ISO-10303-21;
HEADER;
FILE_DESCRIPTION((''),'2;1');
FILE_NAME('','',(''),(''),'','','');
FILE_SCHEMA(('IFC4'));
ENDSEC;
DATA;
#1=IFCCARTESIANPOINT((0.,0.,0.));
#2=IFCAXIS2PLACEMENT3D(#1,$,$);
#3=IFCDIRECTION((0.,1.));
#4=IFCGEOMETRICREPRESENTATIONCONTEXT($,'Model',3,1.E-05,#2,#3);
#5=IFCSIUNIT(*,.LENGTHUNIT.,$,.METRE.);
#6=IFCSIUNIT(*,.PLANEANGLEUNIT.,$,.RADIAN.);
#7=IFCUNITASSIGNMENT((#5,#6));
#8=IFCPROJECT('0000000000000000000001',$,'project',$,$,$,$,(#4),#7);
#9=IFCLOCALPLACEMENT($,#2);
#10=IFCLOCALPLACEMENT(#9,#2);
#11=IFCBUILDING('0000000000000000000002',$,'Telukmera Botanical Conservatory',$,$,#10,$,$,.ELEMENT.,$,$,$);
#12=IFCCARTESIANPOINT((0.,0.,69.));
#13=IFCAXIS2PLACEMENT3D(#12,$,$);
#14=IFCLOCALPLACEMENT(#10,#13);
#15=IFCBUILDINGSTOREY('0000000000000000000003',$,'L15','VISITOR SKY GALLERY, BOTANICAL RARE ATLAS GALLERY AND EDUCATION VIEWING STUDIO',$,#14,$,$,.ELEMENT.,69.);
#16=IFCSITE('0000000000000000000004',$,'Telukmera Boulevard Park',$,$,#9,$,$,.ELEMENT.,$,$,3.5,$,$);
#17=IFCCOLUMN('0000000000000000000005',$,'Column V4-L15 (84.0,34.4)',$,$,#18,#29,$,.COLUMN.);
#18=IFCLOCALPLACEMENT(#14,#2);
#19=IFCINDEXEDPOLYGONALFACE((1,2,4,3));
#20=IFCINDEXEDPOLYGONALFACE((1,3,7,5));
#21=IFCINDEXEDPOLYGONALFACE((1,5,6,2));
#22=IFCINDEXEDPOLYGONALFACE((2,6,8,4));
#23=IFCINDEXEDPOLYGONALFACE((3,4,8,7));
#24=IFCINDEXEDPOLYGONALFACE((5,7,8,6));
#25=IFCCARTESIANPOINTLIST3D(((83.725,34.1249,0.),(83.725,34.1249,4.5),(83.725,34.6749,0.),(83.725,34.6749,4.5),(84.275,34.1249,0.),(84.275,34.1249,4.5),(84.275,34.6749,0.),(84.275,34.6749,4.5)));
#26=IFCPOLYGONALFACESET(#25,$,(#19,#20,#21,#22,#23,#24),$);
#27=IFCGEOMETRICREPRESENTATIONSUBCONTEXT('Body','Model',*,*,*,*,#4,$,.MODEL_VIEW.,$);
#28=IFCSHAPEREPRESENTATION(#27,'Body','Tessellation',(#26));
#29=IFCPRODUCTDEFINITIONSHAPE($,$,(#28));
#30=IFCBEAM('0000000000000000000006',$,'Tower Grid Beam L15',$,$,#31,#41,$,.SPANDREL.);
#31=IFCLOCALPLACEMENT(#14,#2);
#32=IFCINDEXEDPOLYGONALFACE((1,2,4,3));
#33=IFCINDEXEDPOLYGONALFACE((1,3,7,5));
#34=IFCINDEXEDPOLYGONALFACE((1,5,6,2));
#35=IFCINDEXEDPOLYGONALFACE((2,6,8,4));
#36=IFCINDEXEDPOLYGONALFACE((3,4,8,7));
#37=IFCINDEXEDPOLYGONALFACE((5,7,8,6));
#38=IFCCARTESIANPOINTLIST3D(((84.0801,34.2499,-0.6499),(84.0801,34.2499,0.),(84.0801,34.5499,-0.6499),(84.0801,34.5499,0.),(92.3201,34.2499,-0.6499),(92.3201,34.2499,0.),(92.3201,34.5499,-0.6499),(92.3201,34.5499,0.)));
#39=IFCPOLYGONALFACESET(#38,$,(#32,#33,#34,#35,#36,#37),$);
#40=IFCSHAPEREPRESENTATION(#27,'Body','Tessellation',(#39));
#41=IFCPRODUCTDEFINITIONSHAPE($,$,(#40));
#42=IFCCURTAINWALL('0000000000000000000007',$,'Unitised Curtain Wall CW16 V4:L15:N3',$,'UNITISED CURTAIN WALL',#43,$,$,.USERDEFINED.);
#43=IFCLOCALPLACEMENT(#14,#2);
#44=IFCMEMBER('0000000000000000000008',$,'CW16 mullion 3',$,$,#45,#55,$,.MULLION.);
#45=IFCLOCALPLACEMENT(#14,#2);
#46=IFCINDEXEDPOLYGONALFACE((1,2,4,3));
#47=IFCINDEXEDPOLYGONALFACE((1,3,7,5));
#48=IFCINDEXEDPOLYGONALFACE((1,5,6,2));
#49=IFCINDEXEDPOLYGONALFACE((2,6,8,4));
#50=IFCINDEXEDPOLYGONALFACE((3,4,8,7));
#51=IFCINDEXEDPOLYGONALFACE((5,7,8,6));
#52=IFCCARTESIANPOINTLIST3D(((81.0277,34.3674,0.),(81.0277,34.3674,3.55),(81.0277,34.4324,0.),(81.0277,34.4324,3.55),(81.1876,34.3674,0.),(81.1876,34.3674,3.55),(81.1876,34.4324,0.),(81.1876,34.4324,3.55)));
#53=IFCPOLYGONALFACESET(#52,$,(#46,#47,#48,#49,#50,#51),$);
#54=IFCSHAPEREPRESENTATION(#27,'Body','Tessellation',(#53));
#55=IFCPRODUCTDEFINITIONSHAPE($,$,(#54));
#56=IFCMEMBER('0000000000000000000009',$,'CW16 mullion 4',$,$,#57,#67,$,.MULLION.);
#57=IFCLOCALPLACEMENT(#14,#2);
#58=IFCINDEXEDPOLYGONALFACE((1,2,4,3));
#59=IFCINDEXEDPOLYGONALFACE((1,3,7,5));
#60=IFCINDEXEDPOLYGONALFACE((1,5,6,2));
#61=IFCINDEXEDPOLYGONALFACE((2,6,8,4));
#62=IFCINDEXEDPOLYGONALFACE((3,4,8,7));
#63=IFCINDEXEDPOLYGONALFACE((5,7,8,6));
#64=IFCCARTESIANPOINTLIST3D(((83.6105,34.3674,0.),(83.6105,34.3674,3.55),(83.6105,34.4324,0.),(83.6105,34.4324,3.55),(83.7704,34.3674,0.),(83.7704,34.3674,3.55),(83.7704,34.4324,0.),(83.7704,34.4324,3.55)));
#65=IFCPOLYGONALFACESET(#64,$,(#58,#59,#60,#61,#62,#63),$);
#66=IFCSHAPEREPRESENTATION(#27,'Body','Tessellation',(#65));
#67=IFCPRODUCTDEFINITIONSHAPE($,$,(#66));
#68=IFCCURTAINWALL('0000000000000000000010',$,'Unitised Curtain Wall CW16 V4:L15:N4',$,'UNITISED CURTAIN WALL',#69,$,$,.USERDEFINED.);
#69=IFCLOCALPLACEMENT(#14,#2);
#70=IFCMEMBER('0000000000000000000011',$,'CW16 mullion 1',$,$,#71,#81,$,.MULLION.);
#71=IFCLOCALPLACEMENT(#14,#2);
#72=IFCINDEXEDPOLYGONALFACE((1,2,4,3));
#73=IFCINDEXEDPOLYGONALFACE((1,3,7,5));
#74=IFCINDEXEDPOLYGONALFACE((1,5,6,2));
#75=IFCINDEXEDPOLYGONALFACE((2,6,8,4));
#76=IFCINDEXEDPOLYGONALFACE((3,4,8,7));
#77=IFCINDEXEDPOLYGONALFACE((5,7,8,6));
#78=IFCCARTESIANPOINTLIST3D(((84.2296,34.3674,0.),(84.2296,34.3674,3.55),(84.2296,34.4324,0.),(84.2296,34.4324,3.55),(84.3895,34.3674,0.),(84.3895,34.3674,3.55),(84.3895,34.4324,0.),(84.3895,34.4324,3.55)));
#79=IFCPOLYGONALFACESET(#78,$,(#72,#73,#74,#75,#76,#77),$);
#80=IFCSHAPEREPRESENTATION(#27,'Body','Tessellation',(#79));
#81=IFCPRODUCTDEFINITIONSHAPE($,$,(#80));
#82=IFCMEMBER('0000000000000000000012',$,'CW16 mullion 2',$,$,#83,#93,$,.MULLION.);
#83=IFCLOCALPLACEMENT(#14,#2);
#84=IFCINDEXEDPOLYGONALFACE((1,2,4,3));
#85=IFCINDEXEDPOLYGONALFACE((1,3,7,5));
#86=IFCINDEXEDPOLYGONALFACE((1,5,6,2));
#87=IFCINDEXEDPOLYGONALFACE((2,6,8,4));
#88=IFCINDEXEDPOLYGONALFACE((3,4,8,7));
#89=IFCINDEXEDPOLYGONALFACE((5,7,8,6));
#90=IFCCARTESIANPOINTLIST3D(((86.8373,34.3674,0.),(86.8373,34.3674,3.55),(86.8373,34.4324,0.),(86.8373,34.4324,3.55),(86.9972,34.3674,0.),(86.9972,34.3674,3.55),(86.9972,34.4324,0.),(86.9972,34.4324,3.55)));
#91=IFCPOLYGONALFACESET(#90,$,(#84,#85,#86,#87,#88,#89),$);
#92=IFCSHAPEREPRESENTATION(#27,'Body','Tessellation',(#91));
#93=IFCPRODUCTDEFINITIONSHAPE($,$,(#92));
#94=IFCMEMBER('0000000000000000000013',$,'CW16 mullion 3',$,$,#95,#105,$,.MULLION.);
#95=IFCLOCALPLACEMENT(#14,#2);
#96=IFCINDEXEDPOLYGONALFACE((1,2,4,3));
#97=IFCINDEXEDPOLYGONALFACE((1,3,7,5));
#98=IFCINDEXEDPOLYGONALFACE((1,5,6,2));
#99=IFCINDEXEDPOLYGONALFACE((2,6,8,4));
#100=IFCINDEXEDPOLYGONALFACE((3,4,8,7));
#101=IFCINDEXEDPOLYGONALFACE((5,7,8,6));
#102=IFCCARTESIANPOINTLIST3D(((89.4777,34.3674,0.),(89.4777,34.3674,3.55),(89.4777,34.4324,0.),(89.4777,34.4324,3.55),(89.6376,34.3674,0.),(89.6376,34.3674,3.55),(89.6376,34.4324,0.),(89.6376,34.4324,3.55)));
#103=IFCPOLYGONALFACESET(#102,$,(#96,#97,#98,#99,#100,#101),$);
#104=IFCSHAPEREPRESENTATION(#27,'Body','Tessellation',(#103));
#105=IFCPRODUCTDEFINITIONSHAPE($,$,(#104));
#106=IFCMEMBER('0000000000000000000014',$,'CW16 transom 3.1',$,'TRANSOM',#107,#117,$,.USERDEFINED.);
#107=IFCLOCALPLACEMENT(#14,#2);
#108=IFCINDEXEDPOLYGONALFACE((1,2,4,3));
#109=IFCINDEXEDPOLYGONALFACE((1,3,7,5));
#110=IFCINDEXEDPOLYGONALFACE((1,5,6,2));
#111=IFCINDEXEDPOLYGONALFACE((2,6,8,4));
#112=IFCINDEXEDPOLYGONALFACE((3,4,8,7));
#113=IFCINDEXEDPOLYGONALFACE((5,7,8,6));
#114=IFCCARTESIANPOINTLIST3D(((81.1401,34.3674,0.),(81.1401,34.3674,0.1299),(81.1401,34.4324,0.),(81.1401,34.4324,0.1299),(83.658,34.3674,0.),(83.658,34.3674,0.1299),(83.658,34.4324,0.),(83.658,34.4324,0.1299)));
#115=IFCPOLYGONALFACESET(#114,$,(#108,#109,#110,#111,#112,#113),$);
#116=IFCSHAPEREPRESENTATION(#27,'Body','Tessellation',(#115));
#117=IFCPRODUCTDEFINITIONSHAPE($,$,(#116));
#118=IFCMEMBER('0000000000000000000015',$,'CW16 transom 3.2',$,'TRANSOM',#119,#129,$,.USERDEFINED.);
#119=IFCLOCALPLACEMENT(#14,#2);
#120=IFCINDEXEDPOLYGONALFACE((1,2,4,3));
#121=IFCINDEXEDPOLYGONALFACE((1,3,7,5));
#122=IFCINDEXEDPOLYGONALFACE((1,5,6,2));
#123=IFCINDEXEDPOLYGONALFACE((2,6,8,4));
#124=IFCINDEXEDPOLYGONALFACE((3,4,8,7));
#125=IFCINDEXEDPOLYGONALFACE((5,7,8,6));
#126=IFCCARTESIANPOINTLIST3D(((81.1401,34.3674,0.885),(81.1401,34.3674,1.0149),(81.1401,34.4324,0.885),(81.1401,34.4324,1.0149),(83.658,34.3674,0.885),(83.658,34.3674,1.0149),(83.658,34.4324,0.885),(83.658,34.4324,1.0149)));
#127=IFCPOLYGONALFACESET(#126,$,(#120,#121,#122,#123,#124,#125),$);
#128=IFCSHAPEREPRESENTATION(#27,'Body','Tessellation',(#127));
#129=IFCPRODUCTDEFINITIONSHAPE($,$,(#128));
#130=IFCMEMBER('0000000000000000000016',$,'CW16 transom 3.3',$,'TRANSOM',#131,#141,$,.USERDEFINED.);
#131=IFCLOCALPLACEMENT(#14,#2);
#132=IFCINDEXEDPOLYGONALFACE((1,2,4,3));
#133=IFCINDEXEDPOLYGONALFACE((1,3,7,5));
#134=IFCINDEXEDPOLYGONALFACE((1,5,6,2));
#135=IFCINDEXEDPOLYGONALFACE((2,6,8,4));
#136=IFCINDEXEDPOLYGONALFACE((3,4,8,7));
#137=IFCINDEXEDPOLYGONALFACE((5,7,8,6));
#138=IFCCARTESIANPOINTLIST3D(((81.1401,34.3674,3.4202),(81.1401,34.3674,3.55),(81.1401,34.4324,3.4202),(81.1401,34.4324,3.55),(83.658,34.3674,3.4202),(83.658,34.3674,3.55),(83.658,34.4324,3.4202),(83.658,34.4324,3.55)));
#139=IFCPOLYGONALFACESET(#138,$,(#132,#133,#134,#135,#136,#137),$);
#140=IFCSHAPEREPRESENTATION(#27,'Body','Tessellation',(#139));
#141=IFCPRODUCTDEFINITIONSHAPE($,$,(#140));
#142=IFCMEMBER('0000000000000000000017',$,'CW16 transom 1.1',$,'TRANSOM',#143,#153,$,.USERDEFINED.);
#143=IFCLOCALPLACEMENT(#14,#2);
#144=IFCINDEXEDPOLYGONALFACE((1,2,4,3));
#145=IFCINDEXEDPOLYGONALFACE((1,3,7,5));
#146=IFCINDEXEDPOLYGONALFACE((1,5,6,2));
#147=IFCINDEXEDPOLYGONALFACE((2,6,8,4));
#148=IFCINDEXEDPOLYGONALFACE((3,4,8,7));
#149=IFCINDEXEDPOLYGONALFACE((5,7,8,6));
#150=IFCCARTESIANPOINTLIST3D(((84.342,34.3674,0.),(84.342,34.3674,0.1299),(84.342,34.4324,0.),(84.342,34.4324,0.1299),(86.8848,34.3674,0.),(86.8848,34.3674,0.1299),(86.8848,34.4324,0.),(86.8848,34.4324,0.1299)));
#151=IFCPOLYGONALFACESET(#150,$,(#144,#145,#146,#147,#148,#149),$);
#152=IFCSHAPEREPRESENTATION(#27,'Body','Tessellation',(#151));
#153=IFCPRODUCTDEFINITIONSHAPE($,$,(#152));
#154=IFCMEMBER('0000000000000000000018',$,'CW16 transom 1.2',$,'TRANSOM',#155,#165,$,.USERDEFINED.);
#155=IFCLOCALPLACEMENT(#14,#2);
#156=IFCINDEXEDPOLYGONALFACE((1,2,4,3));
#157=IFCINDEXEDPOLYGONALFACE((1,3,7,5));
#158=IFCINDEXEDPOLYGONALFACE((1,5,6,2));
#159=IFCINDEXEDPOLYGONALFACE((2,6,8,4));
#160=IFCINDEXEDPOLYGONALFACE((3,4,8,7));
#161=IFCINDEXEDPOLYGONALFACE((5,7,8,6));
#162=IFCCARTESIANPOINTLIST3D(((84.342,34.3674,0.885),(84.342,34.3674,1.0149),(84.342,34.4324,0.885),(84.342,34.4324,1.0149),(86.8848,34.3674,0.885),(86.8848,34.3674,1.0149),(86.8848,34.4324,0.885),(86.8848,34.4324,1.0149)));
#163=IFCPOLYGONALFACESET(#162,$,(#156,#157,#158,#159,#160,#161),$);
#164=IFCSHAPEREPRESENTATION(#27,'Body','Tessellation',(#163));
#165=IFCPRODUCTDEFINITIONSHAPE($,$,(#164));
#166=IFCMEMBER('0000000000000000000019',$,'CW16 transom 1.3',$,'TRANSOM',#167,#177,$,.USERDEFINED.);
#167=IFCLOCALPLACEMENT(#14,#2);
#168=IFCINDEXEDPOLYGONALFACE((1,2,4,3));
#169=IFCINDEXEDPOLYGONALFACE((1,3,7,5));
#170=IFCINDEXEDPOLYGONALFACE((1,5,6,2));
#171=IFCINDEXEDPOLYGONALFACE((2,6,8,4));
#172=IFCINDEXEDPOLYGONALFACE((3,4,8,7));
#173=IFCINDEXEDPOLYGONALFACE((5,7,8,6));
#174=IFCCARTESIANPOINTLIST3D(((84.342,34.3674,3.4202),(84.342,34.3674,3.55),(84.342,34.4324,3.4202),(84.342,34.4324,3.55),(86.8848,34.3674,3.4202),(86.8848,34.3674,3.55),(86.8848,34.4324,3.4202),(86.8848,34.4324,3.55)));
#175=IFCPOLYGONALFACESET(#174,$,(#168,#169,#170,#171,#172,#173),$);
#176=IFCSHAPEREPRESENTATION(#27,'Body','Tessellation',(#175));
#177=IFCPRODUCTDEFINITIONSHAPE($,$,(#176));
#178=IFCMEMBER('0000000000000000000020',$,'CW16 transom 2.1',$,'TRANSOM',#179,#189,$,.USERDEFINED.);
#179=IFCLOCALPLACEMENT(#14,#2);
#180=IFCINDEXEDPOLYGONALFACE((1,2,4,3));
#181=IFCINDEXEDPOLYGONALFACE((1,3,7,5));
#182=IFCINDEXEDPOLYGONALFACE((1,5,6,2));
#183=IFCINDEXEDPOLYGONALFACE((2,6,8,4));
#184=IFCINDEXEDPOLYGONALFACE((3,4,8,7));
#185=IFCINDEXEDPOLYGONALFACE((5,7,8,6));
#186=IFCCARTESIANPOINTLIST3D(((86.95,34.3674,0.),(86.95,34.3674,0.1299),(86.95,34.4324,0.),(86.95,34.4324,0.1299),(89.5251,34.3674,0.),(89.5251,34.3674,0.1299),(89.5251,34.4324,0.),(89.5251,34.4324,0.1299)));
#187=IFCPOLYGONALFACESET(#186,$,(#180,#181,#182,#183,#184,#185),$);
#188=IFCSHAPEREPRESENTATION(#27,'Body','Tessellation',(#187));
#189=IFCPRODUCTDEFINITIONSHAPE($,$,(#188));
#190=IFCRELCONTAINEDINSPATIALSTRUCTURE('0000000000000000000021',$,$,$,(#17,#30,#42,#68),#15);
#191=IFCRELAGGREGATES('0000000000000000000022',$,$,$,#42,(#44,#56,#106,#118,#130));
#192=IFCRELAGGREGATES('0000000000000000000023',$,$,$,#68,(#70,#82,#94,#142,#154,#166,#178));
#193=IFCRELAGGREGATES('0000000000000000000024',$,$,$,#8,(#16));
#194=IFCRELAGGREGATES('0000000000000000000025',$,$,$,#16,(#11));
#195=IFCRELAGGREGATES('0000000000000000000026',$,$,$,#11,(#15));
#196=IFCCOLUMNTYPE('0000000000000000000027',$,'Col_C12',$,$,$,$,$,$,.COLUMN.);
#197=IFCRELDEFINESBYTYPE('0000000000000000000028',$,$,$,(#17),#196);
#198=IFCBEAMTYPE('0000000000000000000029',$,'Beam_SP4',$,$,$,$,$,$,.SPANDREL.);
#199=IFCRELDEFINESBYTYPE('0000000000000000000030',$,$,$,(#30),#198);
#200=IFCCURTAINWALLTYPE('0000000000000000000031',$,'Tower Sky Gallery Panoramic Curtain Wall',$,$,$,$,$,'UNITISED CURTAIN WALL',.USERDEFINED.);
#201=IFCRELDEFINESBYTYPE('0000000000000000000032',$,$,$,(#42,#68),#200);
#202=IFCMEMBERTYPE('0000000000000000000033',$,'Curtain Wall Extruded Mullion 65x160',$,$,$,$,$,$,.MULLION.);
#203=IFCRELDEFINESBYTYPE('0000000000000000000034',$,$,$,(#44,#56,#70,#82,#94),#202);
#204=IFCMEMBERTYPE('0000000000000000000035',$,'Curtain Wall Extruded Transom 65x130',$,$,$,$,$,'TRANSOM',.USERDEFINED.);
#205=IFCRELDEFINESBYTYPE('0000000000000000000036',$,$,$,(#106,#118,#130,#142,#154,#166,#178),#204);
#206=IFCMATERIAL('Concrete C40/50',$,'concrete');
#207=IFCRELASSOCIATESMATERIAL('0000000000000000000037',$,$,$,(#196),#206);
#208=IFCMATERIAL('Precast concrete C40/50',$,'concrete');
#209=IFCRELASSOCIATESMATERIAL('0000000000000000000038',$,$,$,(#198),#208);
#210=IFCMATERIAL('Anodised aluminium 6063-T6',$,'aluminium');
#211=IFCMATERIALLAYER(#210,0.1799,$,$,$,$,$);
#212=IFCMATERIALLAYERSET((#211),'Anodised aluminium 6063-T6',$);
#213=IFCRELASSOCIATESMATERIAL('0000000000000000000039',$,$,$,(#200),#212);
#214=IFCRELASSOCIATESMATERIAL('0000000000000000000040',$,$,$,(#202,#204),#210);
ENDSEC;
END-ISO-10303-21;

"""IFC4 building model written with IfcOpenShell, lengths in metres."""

from ifc_helpers import new_model, si_unit, direction, frame, origin, origin_2d, place, context, subcontext, project, spatial, rectangle, extrude, material, layer, layer_set, material_profile, profile_set, type_object, element, aggregate, save


model = new_model("IFC4")

# Units and contexts
model_context = context("Model", 3, precision=1e-05, world=origin(), true_north=direction((0.0, 1.0)))
body_context = subcontext(model_context, "Body", "Model", "MODEL_VIEW")
ifc_project = project(units=[si_unit("LENGTHUNIT", "METRE"), si_unit("PLANEANGLEUNIT", "RADIAN")], contexts=[model_context])

# Site, building, storey
site_placement = place(None, origin())
site = spatial("IfcSite", under=ifc_project, at=site_placement, Name="Telukmera Boulevard Park", CompositionType="ELEMENT", RefElevation=3.5)
building_placement = place(site_placement, origin())
building = spatial("IfcBuilding", under=site, at=building_placement, Name="Telukmera Botanical Conservatory", CompositionType="ELEMENT")
storey_placement = place(building_placement, frame((0.0, 0.0, 69.0)))
storey = spatial("IfcBuildingStorey", under=building, at=storey_placement, Name="L15", Description="VISITOR SKY GALLERY, BOTANICAL RARE ATLAS GALLERY AND EDUCATION VIEWING STUDIO", CompositionType="ELEMENT", Elevation=69.0)

# Column
ifc_material_1 = material(Name="Concrete C40/50", Category="concrete")
ifc_material_profile_1 = material_profile(ifc_material_1, rectangle(XDim=0.55, YDim=0.55, at=origin_2d()), Name="RC 550x550")
ifc_profile_set_1 = profile_set([ifc_material_profile_1], Name="Concrete C40/50")
column_type = type_object("IfcColumnType", Name="Col_C12", PredefinedType="COLUMN", material=ifc_profile_set_1)
column_placement = place(storey_placement, frame((84.0, 34.3999, 0.0), z_axis=(0.0, 0.0, 1.0), x_axis=(1.0, 0.0, 0.0)))
element("IfcColumn", 1, at=column_placement, inside=storey, type_object=column_type, Name="Column V4-L15 (84.0,34.4)", PredefinedType="COLUMN", context=body_context, shape_type="SweptSolid", body=[
    extrude(rectangle(XDim=0.55, YDim=0.55, at=origin_2d()), origin(), (0.0, 0.0, 1.0), 4.5),
])

# Beam
ifc_material_2 = material(Name="Precast concrete C40/50", Category="concrete")
ifc_material_profile_2 = material_profile(ifc_material_2, rectangle(XDim=0.3, YDim=0.6499, at=origin_2d()), Name="PC 300x650")
ifc_profile_set_2 = profile_set([ifc_material_profile_2], Name="Precast concrete C40/50")
beam_type = type_object("IfcBeamType", Name="Beam_SP4", PredefinedType="SPANDREL", material=ifc_profile_set_2)
beam_placement = place(storey_placement, frame((84.0801, 34.3999, -0.325), z_axis=(1.0, 0.0, 0.0), x_axis=(0.0, 1.0, 0.0)))
element("IfcBeam", 2, at=beam_placement, inside=storey, type_object=beam_type, Name="Tower Grid Beam L15", PredefinedType="SPANDREL", context=body_context, shape_type="SweptSolid", body=[
    extrude(rectangle(XDim=0.3, YDim=0.6499, at=origin_2d()), origin(), (0.0, 0.0, 1.0), 8.24),
])

# Curtain walls, members
ifc_material_3 = material(Name="Anodised aluminium 6063-T6", Category="aluminium")
ifc_layer_1 = layer(ifc_material_3, 0.1799)
ifc_layer_set_1 = layer_set([ifc_layer_1], Name="Anodised aluminium 6063-T6")
curtain_wall_type = type_object("IfcCurtainWallType", Name="Tower Sky Gallery Panoramic Curtain Wall", ElementType="UNITISED CURTAIN WALL", PredefinedType="USERDEFINED", material=ifc_layer_set_1)
curtain_wall_1_placement = place(storey_placement, origin())
curtain_wall_1 = element("IfcCurtainWall", 3, at=curtain_wall_1_placement, inside=storey, type_object=curtain_wall_type, Name="Unitised Curtain Wall CW16 V4:L15:N3", ObjectType="UNITISED CURTAIN WALL", PredefinedType="USERDEFINED")
ifc_material_profile_3 = material_profile(ifc_material_3, rectangle(XDim=0.0649, YDim=0.1599, at=origin_2d()), Name="ALU MULL 65x160")
ifc_profile_set_3 = profile_set([ifc_material_profile_3], Name="Anodised aluminium 6063-T6")
member_type_1 = type_object("IfcMemberType", Name="Curtain Wall Extruded Mullion 65x160", PredefinedType="MULLION", material=ifc_profile_set_3)
member_1_placement = place(storey_placement, frame((81.1077, 34.3999, 0.0), z_axis=(0.0, 0.0, 1.0), x_axis=(0.0, 1.0, 0.0)))
member_1 = element("IfcMember", 4, at=member_1_placement, type_object=member_type_1, Name="CW16 mullion 3", PredefinedType="MULLION", context=body_context, shape_type="SweptSolid", body=[
    extrude(rectangle(XDim=0.0649, YDim=0.1599, at=origin_2d()), origin(), (0.0, 0.0, 1.0), 3.55),
])
member_2_placement = place(storey_placement, frame((83.6904, 34.3999, 0.0), z_axis=(0.0, 0.0, 1.0), x_axis=(0.0, 1.0, 0.0)))
member_2 = element("IfcMember", 5, at=member_2_placement, type_object=member_type_1, Name="CW16 mullion 4", PredefinedType="MULLION", context=body_context, shape_type="SweptSolid", body=[
    extrude(rectangle(XDim=0.0649, YDim=0.1599, at=origin_2d()), origin(), (0.0, 0.0, 1.0), 3.55),
])
curtain_wall_2_placement = place(storey_placement, origin())
curtain_wall_2 = element("IfcCurtainWall", 6, at=curtain_wall_2_placement, inside=storey, type_object=curtain_wall_type, Name="Unitised Curtain Wall CW16 V4:L15:N4", ObjectType="UNITISED CURTAIN WALL", PredefinedType="USERDEFINED")
member_3_placement = place(storey_placement, frame((84.3096, 34.3999, 0.0), z_axis=(0.0, 0.0, 1.0), x_axis=(0.0, 1.0, 0.0)))
member_3 = element("IfcMember", 7, at=member_3_placement, type_object=member_type_1, Name="CW16 mullion 1", PredefinedType="MULLION", context=body_context, shape_type="SweptSolid", body=[
    extrude(rectangle(XDim=0.0649, YDim=0.1599, at=origin_2d()), origin(), (0.0, 0.0, 1.0), 3.55),
])
member_4_placement = place(storey_placement, frame((86.9172, 34.3999, 0.0), z_axis=(0.0, 0.0, 1.0), x_axis=(0.0, 1.0, 0.0)))
member_4 = element("IfcMember", 8, at=member_4_placement, type_object=member_type_1, Name="CW16 mullion 2", PredefinedType="MULLION", context=body_context, shape_type="SweptSolid", body=[
    extrude(rectangle(XDim=0.0649, YDim=0.1599, at=origin_2d()), origin(), (0.0, 0.0, 1.0), 3.55),
])
member_5_placement = place(storey_placement, frame((89.5576, 34.3999, 0.0), z_axis=(0.0, 0.0, 1.0), x_axis=(0.0, 1.0, 0.0)))
member_5 = element("IfcMember", 9, at=member_5_placement, type_object=member_type_1, Name="CW16 mullion 3", PredefinedType="MULLION", context=body_context, shape_type="SweptSolid", body=[
    extrude(rectangle(XDim=0.0649, YDim=0.1599, at=origin_2d()), origin(), (0.0, 0.0, 1.0), 3.55),
])

# Members
ifc_material_profile_4 = material_profile(ifc_material_3, rectangle(XDim=0.0649, YDim=0.1299, at=origin_2d()), Name="ALU TRAN 65x130")
ifc_profile_set_4 = profile_set([ifc_material_profile_4], Name="Anodised aluminium 6063-T6")
member_type_2 = type_object("IfcMemberType", Name="Curtain Wall Extruded Transom 65x130", ElementType="TRANSOM", PredefinedType="USERDEFINED", material=ifc_profile_set_4)
member_6_placement = place(storey_placement, frame((81.1401, 34.3999, 0.0649), z_axis=(1.0, 0.0, 0.0), x_axis=(0.0, 1.0, 0.0)))
member_6 = element("IfcMember", 10, at=member_6_placement, type_object=member_type_2, Name="CW16 transom 3.1", ObjectType="TRANSOM", PredefinedType="USERDEFINED", context=body_context, shape_type="SweptSolid", body=[
    extrude(rectangle(XDim=0.0649, YDim=0.1299, at=origin_2d()), origin(), (0.0, 0.0, 1.0), 2.5178),
])
member_7_placement = place(storey_placement, frame((81.1401, 34.3999, 0.95), z_axis=(1.0, 0.0, 0.0), x_axis=(0.0, 1.0, 0.0)))
member_7 = element("IfcMember", 11, at=member_7_placement, type_object=member_type_2, Name="CW16 transom 3.2", ObjectType="TRANSOM", PredefinedType="USERDEFINED", context=body_context, shape_type="SweptSolid", body=[
    extrude(rectangle(XDim=0.0649, YDim=0.1299, at=origin_2d()), origin(), (0.0, 0.0, 1.0), 2.5178),
])
member_8_placement = place(storey_placement, frame((81.1401, 34.3999, 3.4851), z_axis=(1.0, 0.0, 0.0), x_axis=(0.0, 1.0, 0.0)))
member_8 = element("IfcMember", 12, at=member_8_placement, type_object=member_type_2, Name="CW16 transom 3.3", ObjectType="TRANSOM", PredefinedType="USERDEFINED", context=body_context, shape_type="SweptSolid", body=[
    extrude(rectangle(XDim=0.0649, YDim=0.1299, at=origin_2d()), origin(), (0.0, 0.0, 1.0), 2.5178),
])
member_9_placement = place(storey_placement, frame((84.342, 34.3999, 0.0649), z_axis=(1.0, 0.0, 0.0), x_axis=(0.0, 1.0, 0.0)))
member_9 = element("IfcMember", 13, at=member_9_placement, type_object=member_type_2, Name="CW16 transom 1.1", ObjectType="TRANSOM", PredefinedType="USERDEFINED", context=body_context, shape_type="SweptSolid", body=[
    extrude(rectangle(XDim=0.0649, YDim=0.1299, at=origin_2d()), origin(), (0.0, 0.0, 1.0), 2.5427),
])
member_10_placement = place(storey_placement, frame((84.342, 34.3999, 0.95), z_axis=(1.0, 0.0, 0.0), x_axis=(0.0, 1.0, 0.0)))
member_10 = element("IfcMember", 14, at=member_10_placement, type_object=member_type_2, Name="CW16 transom 1.2", ObjectType="TRANSOM", PredefinedType="USERDEFINED", context=body_context, shape_type="SweptSolid", body=[
    extrude(rectangle(XDim=0.0649, YDim=0.1299, at=origin_2d()), origin(), (0.0, 0.0, 1.0), 2.5427),
])
member_11_placement = place(storey_placement, frame((84.342, 34.3999, 3.4851), z_axis=(1.0, 0.0, 0.0), x_axis=(0.0, 1.0, 0.0)))
member_11 = element("IfcMember", 15, at=member_11_placement, type_object=member_type_2, Name="CW16 transom 1.3", ObjectType="TRANSOM", PredefinedType="USERDEFINED", context=body_context, shape_type="SweptSolid", body=[
    extrude(rectangle(XDim=0.0649, YDim=0.1299, at=origin_2d()), origin(), (0.0, 0.0, 1.0), 2.5427),
])
member_12_placement = place(storey_placement, frame((86.95, 34.3999, 0.0649), z_axis=(1.0, 0.0, 0.0), x_axis=(0.0, 1.0, 0.0)))
member_12 = element("IfcMember", 16, at=member_12_placement, type_object=member_type_2, Name="CW16 transom 2.1", ObjectType="TRANSOM", PredefinedType="USERDEFINED", context=body_context, shape_type="SweptSolid", body=[
    extrude(rectangle(XDim=0.0649, YDim=0.1299, at=origin_2d()), origin(), (0.0, 0.0, 1.0), 2.5752),
])

aggregate(curtain_wall_1, [member_1, member_2, member_6, member_7, member_8])
aggregate(curtain_wall_2, [member_3, member_4, member_5, member_9, member_10, member_11, member_12])

save(model, "model.ifc")
